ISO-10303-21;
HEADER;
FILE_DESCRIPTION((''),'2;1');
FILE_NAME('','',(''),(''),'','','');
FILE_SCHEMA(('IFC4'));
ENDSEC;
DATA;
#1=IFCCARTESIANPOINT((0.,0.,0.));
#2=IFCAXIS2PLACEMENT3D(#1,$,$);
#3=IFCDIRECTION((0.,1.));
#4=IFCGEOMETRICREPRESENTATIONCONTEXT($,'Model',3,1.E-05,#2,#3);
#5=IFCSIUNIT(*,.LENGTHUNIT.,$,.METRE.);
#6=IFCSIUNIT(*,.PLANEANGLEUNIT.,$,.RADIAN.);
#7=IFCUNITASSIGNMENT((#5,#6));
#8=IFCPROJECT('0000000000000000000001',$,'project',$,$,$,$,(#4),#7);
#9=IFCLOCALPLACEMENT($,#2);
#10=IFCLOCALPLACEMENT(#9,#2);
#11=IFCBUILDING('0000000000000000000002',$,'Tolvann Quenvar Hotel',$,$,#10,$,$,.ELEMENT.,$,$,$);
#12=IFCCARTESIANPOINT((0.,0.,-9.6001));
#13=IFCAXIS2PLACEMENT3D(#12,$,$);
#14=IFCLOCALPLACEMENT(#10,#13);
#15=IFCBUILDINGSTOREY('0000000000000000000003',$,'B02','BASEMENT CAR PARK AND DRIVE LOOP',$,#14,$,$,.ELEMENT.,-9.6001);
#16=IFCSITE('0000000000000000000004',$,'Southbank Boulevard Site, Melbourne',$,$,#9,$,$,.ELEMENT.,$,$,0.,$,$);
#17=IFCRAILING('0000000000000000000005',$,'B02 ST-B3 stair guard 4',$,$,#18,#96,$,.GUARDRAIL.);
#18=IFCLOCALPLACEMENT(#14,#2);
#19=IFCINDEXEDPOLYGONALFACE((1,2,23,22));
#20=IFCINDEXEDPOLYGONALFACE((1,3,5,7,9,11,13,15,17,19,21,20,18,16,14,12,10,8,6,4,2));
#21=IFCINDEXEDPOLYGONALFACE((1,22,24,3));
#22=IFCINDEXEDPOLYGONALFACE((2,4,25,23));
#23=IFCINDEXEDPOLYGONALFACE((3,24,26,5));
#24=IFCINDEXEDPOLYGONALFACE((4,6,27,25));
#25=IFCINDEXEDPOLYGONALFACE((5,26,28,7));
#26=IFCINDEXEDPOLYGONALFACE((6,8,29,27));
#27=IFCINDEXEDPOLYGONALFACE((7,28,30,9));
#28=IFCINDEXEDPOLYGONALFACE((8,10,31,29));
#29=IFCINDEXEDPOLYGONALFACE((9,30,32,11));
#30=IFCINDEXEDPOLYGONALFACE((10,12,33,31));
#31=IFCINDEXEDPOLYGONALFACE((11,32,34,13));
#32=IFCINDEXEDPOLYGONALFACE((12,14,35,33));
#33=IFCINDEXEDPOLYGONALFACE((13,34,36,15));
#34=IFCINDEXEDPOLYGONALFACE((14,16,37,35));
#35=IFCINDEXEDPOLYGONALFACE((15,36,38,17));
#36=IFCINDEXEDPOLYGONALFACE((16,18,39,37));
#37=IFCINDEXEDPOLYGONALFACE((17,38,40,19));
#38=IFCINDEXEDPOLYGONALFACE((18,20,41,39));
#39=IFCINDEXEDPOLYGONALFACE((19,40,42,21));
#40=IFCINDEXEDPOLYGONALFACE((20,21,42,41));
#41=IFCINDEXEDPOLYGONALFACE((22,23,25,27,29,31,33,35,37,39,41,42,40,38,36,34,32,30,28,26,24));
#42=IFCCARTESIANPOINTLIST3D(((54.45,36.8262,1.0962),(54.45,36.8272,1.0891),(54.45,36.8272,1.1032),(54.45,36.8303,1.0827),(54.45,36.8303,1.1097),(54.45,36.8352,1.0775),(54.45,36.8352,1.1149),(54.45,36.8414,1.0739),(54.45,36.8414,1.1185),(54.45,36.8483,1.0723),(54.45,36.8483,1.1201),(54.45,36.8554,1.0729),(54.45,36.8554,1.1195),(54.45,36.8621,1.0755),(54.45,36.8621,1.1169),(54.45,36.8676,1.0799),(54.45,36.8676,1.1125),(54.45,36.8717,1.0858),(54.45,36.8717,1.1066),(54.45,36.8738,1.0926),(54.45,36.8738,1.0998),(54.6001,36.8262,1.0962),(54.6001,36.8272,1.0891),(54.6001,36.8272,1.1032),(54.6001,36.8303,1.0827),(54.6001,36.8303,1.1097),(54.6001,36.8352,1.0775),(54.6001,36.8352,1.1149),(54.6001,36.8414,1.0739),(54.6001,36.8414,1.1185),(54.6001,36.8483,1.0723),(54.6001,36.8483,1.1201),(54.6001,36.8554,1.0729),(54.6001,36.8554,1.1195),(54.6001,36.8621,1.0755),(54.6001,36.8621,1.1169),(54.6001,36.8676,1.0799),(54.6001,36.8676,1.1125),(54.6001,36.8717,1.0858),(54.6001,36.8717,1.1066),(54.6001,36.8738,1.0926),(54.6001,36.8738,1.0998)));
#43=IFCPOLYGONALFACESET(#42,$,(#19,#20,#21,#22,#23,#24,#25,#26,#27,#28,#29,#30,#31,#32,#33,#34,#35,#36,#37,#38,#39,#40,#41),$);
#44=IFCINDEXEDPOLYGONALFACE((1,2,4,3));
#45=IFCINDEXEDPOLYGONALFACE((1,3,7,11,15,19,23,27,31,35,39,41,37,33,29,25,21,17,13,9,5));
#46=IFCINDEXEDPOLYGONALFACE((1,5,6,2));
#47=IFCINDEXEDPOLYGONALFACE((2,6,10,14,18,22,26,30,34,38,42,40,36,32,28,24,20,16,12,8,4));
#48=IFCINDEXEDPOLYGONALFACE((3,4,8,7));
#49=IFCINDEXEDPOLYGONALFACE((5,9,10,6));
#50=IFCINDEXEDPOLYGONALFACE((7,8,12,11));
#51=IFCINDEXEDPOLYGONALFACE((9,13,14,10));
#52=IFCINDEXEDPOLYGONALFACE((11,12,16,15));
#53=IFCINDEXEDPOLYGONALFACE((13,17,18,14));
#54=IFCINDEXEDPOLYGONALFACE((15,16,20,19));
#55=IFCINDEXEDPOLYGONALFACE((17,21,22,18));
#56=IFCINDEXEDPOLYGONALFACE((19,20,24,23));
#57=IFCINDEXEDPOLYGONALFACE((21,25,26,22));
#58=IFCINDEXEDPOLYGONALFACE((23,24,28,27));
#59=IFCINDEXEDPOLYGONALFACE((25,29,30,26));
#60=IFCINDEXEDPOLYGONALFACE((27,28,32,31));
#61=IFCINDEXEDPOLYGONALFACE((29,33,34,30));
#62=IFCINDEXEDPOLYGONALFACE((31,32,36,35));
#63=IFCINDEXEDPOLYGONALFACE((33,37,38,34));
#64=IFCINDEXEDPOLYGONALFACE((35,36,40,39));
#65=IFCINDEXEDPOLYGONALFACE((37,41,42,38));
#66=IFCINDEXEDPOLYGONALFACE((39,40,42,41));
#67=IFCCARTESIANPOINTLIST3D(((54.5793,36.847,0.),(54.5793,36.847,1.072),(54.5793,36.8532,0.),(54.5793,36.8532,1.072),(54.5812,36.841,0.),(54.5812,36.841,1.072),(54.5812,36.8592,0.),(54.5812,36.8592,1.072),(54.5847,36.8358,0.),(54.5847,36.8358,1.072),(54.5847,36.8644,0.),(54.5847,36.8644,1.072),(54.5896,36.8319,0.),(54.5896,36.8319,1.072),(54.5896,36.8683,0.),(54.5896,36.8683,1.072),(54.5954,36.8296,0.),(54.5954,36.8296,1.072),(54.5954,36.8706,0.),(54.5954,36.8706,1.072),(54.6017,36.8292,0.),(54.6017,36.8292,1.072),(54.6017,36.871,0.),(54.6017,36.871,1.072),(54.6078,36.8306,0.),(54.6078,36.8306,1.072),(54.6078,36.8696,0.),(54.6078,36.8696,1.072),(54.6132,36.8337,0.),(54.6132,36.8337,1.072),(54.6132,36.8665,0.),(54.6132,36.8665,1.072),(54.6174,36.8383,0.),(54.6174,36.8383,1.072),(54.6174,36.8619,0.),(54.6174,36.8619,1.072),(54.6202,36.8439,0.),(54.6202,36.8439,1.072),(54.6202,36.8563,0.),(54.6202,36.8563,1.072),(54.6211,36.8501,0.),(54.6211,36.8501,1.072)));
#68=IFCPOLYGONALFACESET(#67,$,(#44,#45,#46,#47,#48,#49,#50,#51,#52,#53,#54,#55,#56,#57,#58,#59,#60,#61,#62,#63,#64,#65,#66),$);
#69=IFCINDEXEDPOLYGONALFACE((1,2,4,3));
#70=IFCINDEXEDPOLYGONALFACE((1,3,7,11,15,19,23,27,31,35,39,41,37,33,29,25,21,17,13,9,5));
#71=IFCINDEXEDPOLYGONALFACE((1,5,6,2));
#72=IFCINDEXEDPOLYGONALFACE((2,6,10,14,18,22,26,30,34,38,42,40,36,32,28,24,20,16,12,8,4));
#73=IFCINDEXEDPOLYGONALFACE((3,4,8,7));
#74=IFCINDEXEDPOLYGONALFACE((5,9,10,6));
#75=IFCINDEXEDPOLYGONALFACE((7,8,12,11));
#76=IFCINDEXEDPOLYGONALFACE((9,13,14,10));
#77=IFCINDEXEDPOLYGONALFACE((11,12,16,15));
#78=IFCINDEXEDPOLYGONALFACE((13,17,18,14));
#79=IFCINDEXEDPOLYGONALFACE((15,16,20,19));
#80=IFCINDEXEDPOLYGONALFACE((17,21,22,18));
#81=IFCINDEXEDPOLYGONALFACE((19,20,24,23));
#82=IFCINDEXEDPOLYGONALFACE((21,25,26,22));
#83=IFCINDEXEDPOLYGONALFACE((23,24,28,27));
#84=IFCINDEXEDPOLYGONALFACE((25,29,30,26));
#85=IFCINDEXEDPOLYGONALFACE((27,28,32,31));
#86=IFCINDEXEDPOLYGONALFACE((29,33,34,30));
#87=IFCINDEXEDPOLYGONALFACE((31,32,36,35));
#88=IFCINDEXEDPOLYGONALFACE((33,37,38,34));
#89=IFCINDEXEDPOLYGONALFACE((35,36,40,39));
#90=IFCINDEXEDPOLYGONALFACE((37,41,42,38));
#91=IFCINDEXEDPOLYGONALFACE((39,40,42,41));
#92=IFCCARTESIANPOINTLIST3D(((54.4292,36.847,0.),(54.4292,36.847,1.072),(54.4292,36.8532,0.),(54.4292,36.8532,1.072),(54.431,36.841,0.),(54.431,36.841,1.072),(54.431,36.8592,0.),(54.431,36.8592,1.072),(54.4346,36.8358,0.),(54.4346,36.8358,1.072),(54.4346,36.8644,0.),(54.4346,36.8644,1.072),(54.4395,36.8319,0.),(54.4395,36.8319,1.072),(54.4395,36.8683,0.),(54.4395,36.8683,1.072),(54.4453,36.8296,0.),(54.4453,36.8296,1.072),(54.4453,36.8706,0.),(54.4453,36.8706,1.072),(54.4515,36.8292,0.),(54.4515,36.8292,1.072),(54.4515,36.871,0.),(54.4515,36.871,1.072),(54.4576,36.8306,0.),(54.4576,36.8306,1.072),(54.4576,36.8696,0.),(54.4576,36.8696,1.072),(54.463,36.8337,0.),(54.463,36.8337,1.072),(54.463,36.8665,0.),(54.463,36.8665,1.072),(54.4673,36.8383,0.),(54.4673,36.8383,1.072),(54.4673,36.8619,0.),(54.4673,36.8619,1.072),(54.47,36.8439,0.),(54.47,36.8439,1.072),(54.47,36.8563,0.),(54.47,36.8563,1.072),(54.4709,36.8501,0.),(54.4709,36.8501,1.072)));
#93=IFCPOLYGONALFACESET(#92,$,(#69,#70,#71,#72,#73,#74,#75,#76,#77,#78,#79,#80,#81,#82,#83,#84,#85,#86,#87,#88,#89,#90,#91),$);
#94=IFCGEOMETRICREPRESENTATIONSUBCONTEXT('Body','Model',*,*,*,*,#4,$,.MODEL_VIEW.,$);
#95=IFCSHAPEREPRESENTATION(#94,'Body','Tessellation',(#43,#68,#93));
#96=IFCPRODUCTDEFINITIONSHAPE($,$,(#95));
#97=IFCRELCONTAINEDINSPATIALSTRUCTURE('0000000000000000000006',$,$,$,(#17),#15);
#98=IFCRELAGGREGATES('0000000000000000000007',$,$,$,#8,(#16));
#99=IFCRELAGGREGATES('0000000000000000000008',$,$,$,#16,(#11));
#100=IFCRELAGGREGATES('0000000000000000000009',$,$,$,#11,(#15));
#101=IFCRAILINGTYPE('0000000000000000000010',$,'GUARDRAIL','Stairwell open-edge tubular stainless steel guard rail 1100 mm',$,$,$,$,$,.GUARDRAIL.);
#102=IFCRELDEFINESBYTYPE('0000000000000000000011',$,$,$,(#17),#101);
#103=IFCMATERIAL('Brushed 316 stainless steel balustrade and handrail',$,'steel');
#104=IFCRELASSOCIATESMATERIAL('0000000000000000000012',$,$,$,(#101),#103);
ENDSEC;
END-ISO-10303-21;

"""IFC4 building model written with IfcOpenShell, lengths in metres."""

from ifc_helpers import new_model, si_unit, direction, frame, origin, origin_2d, place, context, subcontext, project, spatial, circle, extrude, material, type_object, element, save


model = new_model("IFC4")

# Units and contexts
model_context = context("Model", 3, precision=1e-05, world=origin(), true_north=direction((0.0, 1.0)))
body_context = subcontext(model_context, "Body", "Model", "MODEL_VIEW")
ifc_project = project(units=[si_unit("LENGTHUNIT", "METRE"), si_unit("PLANEANGLEUNIT", "RADIAN")], contexts=[model_context])

# Site, building, storey
site_placement = place(None, origin())
site = spatial("IfcSite", under=ifc_project, at=site_placement, Name="Southbank Boulevard Site, Melbourne", CompositionType="ELEMENT", RefElevation=0.0)
building_placement = place(site_placement, origin())
building = spatial("IfcBuilding", under=site, at=building_placement, Name="Tolvann Quenvar Hotel", CompositionType="ELEMENT")
storey_placement = place(building_placement, frame((0.0, 0.0, -9.6001)))
storey = spatial("IfcBuildingStorey", under=building, at=storey_placement, Name="B02", Description="BASEMENT CAR PARK AND DRIVE LOOP", CompositionType="ELEMENT", Elevation=-9.6001)

# Railing
ifc_material_1 = material(Name="Brushed 316 stainless steel balustrade and handrail", Category="steel")
railing_type_1 = type_object("IfcRailingType", Name="GUARDRAIL", Description="Stairwell open-edge tubular stainless steel guard rail 1100 mm", PredefinedType="GUARDRAIL", material=ifc_material_1)
railing_1_placement = place(storey_placement, frame((54.6001, 36.8501, 0.0)))
element("IfcRailing", 1, at=railing_1_placement, inside=storey, type_object=railing_type_1, Name="B02 ST-B3 stair guard 4", PredefinedType="GUARDRAIL", context=body_context, shape_type="SweptSolid", body=[
    extrude(circle(Radius=0.0239, at=origin_2d()), frame((0.0, 0.0, 1.0962), z_axis=(-1.0, 0.0, 0.0), x_axis=(0.0, -1.0, 0.0)), (0.0, 0.0, 1.0), 0.1501),
    extrude(circle(Radius=0.021, at=origin_2d()), origin(), (0.0, 0.0, 1.0), 1.072),
    extrude(circle(Radius=0.021, at=origin_2d()), frame((-0.1501, 0.0, 0.0)), (0.0, 0.0, 1.0), 1.072),
])

save(model, "model.ifc")
